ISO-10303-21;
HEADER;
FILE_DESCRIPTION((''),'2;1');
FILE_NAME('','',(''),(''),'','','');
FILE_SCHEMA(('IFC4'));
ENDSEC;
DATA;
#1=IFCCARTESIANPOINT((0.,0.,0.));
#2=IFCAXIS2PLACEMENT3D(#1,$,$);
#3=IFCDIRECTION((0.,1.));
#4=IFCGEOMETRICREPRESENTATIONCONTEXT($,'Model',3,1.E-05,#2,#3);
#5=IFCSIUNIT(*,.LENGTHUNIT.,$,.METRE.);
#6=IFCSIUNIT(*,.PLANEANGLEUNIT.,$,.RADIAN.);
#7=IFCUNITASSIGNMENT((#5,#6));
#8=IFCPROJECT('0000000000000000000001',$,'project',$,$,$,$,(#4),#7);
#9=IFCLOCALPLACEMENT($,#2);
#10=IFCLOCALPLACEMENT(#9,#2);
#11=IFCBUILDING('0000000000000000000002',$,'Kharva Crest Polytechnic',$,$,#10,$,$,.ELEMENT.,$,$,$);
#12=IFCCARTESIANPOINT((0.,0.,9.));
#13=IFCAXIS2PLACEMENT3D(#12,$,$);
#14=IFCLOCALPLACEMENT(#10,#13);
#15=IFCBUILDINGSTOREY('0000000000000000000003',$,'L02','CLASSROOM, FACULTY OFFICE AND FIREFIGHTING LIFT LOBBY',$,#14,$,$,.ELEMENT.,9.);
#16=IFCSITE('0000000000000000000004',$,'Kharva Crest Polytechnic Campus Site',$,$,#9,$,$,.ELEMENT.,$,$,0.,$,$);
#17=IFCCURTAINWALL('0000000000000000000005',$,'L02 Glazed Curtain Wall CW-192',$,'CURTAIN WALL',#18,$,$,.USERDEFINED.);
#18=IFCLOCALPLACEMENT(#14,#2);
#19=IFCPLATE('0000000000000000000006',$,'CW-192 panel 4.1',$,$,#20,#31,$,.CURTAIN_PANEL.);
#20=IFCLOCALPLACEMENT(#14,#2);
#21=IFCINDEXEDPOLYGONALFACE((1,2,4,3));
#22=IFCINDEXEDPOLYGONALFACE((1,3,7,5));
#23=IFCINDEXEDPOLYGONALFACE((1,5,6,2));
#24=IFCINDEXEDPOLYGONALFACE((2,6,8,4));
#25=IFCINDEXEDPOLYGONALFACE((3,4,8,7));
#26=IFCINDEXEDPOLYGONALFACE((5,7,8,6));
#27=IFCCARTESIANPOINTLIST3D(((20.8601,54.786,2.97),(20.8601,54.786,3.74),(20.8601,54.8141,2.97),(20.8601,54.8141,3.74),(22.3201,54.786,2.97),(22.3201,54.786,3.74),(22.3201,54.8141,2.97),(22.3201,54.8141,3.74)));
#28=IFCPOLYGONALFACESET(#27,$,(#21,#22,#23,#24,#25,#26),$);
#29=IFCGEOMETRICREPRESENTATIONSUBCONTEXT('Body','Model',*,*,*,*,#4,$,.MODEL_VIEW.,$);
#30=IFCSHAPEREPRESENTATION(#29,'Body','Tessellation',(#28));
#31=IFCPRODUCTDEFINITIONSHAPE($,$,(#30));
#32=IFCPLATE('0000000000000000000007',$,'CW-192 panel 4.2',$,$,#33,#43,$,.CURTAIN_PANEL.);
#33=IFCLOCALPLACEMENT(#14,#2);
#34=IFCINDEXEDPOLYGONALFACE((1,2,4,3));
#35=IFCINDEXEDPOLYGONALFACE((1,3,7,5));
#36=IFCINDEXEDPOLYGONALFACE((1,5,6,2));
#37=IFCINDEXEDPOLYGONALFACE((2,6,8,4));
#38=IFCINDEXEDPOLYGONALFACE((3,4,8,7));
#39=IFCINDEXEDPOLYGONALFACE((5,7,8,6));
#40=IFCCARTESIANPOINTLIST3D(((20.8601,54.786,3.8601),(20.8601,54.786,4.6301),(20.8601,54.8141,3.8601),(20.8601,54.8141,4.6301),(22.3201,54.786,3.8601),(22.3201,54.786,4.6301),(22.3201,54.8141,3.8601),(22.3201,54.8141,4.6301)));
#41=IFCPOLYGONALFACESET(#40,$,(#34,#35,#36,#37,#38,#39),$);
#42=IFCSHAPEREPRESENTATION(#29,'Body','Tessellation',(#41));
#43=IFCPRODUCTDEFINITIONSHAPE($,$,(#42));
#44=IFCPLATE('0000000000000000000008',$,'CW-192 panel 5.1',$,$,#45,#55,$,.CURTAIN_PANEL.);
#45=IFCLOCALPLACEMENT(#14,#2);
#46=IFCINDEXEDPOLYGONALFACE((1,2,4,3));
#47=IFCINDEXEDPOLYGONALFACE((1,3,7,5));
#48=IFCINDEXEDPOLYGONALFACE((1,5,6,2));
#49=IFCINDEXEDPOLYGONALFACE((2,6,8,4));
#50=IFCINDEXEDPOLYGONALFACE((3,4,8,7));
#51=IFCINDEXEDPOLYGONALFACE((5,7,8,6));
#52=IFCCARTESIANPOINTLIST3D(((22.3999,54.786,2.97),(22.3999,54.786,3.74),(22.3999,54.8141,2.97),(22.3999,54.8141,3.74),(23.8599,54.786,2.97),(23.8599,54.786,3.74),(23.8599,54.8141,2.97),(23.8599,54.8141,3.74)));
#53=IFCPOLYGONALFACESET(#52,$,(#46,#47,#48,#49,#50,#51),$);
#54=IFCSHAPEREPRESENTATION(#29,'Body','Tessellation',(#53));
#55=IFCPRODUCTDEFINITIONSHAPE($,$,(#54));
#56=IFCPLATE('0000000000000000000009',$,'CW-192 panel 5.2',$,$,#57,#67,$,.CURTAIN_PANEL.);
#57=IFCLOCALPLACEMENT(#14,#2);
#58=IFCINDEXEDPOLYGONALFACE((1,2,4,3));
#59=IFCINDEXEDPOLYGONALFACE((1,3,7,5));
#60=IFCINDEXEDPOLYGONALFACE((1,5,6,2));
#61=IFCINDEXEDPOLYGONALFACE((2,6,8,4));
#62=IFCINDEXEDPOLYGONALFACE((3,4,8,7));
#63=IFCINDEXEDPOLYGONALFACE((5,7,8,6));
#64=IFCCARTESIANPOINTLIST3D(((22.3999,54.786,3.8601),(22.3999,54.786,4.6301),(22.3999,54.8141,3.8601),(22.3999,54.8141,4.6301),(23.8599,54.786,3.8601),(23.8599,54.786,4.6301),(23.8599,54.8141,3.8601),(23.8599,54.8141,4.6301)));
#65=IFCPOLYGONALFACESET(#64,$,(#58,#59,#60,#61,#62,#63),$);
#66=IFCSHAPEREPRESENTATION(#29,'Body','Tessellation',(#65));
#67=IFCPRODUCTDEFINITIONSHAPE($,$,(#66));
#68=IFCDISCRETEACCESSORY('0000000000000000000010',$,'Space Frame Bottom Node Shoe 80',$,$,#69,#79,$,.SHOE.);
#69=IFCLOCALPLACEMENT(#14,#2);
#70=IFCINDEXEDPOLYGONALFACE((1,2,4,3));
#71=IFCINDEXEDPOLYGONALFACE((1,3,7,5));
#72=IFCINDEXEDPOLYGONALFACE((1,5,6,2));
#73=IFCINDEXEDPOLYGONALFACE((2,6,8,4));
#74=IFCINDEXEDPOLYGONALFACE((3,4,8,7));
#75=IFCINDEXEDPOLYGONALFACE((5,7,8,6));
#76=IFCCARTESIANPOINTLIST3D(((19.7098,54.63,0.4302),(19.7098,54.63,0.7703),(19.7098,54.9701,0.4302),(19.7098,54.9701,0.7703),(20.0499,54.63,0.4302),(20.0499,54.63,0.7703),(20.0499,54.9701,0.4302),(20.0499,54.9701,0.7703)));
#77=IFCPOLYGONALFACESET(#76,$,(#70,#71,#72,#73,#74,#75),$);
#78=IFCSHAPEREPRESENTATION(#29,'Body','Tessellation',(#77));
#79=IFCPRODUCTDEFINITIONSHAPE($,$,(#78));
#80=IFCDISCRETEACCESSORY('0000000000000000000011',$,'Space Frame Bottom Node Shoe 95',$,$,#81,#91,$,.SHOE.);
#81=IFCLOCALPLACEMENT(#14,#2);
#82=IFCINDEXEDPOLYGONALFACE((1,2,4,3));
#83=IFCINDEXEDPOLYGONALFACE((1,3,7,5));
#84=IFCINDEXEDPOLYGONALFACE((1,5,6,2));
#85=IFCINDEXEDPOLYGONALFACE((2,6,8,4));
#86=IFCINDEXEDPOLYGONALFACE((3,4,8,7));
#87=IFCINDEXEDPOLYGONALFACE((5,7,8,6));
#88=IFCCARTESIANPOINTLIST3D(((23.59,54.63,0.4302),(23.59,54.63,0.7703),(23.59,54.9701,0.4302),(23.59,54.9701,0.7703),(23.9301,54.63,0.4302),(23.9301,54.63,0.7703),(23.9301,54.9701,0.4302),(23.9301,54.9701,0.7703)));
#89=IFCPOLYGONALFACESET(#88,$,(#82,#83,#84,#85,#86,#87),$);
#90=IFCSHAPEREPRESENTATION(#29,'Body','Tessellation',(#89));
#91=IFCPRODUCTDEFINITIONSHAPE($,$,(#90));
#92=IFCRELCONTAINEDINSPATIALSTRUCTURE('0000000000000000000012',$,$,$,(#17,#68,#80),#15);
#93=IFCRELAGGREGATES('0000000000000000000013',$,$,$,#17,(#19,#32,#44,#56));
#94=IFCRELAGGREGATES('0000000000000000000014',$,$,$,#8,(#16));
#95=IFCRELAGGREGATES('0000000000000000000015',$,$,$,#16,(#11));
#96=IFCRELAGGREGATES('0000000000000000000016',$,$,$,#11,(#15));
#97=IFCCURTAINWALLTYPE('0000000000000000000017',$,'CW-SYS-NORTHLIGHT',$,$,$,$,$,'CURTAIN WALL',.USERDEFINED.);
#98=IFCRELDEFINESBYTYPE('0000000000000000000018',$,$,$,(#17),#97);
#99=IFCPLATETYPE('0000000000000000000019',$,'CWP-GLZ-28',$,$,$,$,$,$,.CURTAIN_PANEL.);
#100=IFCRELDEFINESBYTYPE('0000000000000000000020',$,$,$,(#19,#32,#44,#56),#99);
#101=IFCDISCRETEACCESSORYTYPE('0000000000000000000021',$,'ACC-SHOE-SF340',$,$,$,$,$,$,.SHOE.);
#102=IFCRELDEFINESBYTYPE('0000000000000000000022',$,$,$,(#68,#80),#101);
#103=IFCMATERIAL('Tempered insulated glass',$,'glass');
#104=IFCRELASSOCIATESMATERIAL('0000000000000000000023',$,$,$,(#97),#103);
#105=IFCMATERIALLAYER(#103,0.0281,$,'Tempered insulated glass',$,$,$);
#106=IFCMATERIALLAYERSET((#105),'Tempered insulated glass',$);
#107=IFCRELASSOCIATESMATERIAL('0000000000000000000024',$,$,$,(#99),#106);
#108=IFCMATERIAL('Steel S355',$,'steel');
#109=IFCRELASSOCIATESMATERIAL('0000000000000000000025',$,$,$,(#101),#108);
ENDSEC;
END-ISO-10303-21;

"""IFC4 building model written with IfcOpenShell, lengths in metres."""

from ifc_helpers import new_model, si_unit, direction, frame, origin, origin_2d, place, context, subcontext, project, spatial, rectangle, extrude, material, layer, layer_set, type_object, element, aggregate, save


model = new_model("IFC4")

# Units and contexts
model_context = context("Model", 3, precision=1e-05, world=origin(), true_north=direction((0.0, 1.0)))
body_context = subcontext(model_context, "Body", "Model", "MODEL_VIEW")
ifc_project = project(units=[si_unit("LENGTHUNIT", "METRE"), si_unit("PLANEANGLEUNIT", "RADIAN")], contexts=[model_context])

# Site, building, storey
site_placement = place(None, origin())
site = spatial("IfcSite", under=ifc_project, at=site_placement, Name="Kharva Crest Polytechnic Campus Site", CompositionType="ELEMENT", RefElevation=0.0)
building_placement = place(site_placement, origin())
building = spatial("IfcBuilding", under=site, at=building_placement, Name="Kharva Crest Polytechnic", CompositionType="ELEMENT")
storey_placement = place(building_placement, frame((0.0, 0.0, 9.0)))
storey = spatial("IfcBuildingStorey", under=building, at=storey_placement, Name="L02", Description="CLASSROOM, FACULTY OFFICE AND FIREFIGHTING LIFT LOBBY", CompositionType="ELEMENT", Elevation=9.0)

# Curtain wall
ifc_material_1 = material(Name="Tempered insulated glass", Category="glass")
curtain_wall_type = type_object("IfcCurtainWallType", Name="CW-SYS-NORTHLIGHT", ElementType="CURTAIN WALL", PredefinedType="USERDEFINED", material=ifc_material_1)
curtain_wall_placement = place(storey_placement, origin())
curtain_wall = element("IfcCurtainWall", 1, at=curtain_wall_placement, inside=storey, type_object=curtain_wall_type, Name="L02 Glazed Curtain Wall CW-192", ObjectType="CURTAIN WALL", PredefinedType="USERDEFINED")
ifc_material_2 = material(Name="Steel S355", Category="steel")

# Plates
ifc_layer = layer(ifc_material_1, 0.0281, Name="Tempered insulated glass")
ifc_layer_set = layer_set([ifc_layer], Name="Tempered insulated glass")
plate_type = type_object("IfcPlateType", Name="CWP-GLZ-28", PredefinedType="CURTAIN_PANEL", material=ifc_layer_set)
plate_1_placement = place(storey_placement, frame((21.5901, 54.8, 2.97), z_axis=(0.0, 0.0, 1.0), x_axis=(1.0, 0.0, 0.0)))
plate_1 = element("IfcPlate", 2, at=plate_1_placement, type_object=plate_type, Name="CW-192 panel 4.1", PredefinedType="CURTAIN_PANEL", context=body_context, shape_type="SweptSolid", body=[
    extrude(rectangle(XDim=1.46, YDim=0.0281, at=origin_2d()), origin(), (0.0, 0.0, 1.0), 0.77),
])
plate_2_placement = place(storey_placement, frame((21.5901, 54.8, 3.8601), z_axis=(0.0, 0.0, 1.0), x_axis=(1.0, 0.0, 0.0)))
plate_2 = element("IfcPlate", 3, at=plate_2_placement, type_object=plate_type, Name="CW-192 panel 4.2", PredefinedType="CURTAIN_PANEL", context=body_context, shape_type="SweptSolid", body=[
    extrude(rectangle(XDim=1.46, YDim=0.0281, at=origin_2d()), origin(), (0.0, 0.0, 1.0), 0.77),
])
plate_3_placement = place(storey_placement, frame((23.1299, 54.8, 2.97), z_axis=(0.0, 0.0, 1.0), x_axis=(1.0, 0.0, 0.0)))
plate_3 = element("IfcPlate", 4, at=plate_3_placement, type_object=plate_type, Name="CW-192 panel 5.1", PredefinedType="CURTAIN_PANEL", context=body_context, shape_type="SweptSolid", body=[
    extrude(rectangle(XDim=1.46, YDim=0.0281, at=origin_2d()), origin(), (0.0, 0.0, 1.0), 0.77),
])
plate_4_placement = place(storey_placement, frame((23.1299, 54.8, 3.8601), z_axis=(0.0, 0.0, 1.0), x_axis=(1.0, 0.0, 0.0)))
plate_4 = element("IfcPlate", 5, at=plate_4_placement, type_object=plate_type, Name="CW-192 panel 5.2", PredefinedType="CURTAIN_PANEL", context=body_context, shape_type="SweptSolid", body=[
    extrude(rectangle(XDim=1.46, YDim=0.0281, at=origin_2d()), origin(), (0.0, 0.0, 1.0), 0.77),
])
aggregate(curtain_wall, [plate_1, plate_2, plate_3, plate_4])

# Discrete accessories
discrete_accessory_type = type_object("IfcDiscreteAccessoryType", Name="ACC-SHOE-SF340", PredefinedType="SHOE", material=ifc_material_2)
for number, where, z_axis, x_axis, name in (
    (6, (19.8799, 54.8, 0.4302), (0.0, 0.0, 1.0), (1.0, 0.0, 0.0), "Space Frame Bottom Node Shoe 80"),
    (7, (23.76, 54.8, 0.4302), (0.0, 0.0, 1.0), (1.0, 0.0, 0.0), "Space Frame Bottom Node Shoe 95"),
):
    element("IfcDiscreteAccessory", number, at=place(storey_placement, frame(where, z_axis=z_axis, x_axis=x_axis)), inside=storey, type_object=discrete_accessory_type, Name=name, PredefinedType="SHOE", context=body_context, shape_type="SweptSolid", body=[
        extrude(rectangle(XDim=0.3401, YDim=0.3401, at=origin_2d()), origin(), (0.0, 0.0, 1.0), 0.3401),
    ])

save(model, "model.ifc")
